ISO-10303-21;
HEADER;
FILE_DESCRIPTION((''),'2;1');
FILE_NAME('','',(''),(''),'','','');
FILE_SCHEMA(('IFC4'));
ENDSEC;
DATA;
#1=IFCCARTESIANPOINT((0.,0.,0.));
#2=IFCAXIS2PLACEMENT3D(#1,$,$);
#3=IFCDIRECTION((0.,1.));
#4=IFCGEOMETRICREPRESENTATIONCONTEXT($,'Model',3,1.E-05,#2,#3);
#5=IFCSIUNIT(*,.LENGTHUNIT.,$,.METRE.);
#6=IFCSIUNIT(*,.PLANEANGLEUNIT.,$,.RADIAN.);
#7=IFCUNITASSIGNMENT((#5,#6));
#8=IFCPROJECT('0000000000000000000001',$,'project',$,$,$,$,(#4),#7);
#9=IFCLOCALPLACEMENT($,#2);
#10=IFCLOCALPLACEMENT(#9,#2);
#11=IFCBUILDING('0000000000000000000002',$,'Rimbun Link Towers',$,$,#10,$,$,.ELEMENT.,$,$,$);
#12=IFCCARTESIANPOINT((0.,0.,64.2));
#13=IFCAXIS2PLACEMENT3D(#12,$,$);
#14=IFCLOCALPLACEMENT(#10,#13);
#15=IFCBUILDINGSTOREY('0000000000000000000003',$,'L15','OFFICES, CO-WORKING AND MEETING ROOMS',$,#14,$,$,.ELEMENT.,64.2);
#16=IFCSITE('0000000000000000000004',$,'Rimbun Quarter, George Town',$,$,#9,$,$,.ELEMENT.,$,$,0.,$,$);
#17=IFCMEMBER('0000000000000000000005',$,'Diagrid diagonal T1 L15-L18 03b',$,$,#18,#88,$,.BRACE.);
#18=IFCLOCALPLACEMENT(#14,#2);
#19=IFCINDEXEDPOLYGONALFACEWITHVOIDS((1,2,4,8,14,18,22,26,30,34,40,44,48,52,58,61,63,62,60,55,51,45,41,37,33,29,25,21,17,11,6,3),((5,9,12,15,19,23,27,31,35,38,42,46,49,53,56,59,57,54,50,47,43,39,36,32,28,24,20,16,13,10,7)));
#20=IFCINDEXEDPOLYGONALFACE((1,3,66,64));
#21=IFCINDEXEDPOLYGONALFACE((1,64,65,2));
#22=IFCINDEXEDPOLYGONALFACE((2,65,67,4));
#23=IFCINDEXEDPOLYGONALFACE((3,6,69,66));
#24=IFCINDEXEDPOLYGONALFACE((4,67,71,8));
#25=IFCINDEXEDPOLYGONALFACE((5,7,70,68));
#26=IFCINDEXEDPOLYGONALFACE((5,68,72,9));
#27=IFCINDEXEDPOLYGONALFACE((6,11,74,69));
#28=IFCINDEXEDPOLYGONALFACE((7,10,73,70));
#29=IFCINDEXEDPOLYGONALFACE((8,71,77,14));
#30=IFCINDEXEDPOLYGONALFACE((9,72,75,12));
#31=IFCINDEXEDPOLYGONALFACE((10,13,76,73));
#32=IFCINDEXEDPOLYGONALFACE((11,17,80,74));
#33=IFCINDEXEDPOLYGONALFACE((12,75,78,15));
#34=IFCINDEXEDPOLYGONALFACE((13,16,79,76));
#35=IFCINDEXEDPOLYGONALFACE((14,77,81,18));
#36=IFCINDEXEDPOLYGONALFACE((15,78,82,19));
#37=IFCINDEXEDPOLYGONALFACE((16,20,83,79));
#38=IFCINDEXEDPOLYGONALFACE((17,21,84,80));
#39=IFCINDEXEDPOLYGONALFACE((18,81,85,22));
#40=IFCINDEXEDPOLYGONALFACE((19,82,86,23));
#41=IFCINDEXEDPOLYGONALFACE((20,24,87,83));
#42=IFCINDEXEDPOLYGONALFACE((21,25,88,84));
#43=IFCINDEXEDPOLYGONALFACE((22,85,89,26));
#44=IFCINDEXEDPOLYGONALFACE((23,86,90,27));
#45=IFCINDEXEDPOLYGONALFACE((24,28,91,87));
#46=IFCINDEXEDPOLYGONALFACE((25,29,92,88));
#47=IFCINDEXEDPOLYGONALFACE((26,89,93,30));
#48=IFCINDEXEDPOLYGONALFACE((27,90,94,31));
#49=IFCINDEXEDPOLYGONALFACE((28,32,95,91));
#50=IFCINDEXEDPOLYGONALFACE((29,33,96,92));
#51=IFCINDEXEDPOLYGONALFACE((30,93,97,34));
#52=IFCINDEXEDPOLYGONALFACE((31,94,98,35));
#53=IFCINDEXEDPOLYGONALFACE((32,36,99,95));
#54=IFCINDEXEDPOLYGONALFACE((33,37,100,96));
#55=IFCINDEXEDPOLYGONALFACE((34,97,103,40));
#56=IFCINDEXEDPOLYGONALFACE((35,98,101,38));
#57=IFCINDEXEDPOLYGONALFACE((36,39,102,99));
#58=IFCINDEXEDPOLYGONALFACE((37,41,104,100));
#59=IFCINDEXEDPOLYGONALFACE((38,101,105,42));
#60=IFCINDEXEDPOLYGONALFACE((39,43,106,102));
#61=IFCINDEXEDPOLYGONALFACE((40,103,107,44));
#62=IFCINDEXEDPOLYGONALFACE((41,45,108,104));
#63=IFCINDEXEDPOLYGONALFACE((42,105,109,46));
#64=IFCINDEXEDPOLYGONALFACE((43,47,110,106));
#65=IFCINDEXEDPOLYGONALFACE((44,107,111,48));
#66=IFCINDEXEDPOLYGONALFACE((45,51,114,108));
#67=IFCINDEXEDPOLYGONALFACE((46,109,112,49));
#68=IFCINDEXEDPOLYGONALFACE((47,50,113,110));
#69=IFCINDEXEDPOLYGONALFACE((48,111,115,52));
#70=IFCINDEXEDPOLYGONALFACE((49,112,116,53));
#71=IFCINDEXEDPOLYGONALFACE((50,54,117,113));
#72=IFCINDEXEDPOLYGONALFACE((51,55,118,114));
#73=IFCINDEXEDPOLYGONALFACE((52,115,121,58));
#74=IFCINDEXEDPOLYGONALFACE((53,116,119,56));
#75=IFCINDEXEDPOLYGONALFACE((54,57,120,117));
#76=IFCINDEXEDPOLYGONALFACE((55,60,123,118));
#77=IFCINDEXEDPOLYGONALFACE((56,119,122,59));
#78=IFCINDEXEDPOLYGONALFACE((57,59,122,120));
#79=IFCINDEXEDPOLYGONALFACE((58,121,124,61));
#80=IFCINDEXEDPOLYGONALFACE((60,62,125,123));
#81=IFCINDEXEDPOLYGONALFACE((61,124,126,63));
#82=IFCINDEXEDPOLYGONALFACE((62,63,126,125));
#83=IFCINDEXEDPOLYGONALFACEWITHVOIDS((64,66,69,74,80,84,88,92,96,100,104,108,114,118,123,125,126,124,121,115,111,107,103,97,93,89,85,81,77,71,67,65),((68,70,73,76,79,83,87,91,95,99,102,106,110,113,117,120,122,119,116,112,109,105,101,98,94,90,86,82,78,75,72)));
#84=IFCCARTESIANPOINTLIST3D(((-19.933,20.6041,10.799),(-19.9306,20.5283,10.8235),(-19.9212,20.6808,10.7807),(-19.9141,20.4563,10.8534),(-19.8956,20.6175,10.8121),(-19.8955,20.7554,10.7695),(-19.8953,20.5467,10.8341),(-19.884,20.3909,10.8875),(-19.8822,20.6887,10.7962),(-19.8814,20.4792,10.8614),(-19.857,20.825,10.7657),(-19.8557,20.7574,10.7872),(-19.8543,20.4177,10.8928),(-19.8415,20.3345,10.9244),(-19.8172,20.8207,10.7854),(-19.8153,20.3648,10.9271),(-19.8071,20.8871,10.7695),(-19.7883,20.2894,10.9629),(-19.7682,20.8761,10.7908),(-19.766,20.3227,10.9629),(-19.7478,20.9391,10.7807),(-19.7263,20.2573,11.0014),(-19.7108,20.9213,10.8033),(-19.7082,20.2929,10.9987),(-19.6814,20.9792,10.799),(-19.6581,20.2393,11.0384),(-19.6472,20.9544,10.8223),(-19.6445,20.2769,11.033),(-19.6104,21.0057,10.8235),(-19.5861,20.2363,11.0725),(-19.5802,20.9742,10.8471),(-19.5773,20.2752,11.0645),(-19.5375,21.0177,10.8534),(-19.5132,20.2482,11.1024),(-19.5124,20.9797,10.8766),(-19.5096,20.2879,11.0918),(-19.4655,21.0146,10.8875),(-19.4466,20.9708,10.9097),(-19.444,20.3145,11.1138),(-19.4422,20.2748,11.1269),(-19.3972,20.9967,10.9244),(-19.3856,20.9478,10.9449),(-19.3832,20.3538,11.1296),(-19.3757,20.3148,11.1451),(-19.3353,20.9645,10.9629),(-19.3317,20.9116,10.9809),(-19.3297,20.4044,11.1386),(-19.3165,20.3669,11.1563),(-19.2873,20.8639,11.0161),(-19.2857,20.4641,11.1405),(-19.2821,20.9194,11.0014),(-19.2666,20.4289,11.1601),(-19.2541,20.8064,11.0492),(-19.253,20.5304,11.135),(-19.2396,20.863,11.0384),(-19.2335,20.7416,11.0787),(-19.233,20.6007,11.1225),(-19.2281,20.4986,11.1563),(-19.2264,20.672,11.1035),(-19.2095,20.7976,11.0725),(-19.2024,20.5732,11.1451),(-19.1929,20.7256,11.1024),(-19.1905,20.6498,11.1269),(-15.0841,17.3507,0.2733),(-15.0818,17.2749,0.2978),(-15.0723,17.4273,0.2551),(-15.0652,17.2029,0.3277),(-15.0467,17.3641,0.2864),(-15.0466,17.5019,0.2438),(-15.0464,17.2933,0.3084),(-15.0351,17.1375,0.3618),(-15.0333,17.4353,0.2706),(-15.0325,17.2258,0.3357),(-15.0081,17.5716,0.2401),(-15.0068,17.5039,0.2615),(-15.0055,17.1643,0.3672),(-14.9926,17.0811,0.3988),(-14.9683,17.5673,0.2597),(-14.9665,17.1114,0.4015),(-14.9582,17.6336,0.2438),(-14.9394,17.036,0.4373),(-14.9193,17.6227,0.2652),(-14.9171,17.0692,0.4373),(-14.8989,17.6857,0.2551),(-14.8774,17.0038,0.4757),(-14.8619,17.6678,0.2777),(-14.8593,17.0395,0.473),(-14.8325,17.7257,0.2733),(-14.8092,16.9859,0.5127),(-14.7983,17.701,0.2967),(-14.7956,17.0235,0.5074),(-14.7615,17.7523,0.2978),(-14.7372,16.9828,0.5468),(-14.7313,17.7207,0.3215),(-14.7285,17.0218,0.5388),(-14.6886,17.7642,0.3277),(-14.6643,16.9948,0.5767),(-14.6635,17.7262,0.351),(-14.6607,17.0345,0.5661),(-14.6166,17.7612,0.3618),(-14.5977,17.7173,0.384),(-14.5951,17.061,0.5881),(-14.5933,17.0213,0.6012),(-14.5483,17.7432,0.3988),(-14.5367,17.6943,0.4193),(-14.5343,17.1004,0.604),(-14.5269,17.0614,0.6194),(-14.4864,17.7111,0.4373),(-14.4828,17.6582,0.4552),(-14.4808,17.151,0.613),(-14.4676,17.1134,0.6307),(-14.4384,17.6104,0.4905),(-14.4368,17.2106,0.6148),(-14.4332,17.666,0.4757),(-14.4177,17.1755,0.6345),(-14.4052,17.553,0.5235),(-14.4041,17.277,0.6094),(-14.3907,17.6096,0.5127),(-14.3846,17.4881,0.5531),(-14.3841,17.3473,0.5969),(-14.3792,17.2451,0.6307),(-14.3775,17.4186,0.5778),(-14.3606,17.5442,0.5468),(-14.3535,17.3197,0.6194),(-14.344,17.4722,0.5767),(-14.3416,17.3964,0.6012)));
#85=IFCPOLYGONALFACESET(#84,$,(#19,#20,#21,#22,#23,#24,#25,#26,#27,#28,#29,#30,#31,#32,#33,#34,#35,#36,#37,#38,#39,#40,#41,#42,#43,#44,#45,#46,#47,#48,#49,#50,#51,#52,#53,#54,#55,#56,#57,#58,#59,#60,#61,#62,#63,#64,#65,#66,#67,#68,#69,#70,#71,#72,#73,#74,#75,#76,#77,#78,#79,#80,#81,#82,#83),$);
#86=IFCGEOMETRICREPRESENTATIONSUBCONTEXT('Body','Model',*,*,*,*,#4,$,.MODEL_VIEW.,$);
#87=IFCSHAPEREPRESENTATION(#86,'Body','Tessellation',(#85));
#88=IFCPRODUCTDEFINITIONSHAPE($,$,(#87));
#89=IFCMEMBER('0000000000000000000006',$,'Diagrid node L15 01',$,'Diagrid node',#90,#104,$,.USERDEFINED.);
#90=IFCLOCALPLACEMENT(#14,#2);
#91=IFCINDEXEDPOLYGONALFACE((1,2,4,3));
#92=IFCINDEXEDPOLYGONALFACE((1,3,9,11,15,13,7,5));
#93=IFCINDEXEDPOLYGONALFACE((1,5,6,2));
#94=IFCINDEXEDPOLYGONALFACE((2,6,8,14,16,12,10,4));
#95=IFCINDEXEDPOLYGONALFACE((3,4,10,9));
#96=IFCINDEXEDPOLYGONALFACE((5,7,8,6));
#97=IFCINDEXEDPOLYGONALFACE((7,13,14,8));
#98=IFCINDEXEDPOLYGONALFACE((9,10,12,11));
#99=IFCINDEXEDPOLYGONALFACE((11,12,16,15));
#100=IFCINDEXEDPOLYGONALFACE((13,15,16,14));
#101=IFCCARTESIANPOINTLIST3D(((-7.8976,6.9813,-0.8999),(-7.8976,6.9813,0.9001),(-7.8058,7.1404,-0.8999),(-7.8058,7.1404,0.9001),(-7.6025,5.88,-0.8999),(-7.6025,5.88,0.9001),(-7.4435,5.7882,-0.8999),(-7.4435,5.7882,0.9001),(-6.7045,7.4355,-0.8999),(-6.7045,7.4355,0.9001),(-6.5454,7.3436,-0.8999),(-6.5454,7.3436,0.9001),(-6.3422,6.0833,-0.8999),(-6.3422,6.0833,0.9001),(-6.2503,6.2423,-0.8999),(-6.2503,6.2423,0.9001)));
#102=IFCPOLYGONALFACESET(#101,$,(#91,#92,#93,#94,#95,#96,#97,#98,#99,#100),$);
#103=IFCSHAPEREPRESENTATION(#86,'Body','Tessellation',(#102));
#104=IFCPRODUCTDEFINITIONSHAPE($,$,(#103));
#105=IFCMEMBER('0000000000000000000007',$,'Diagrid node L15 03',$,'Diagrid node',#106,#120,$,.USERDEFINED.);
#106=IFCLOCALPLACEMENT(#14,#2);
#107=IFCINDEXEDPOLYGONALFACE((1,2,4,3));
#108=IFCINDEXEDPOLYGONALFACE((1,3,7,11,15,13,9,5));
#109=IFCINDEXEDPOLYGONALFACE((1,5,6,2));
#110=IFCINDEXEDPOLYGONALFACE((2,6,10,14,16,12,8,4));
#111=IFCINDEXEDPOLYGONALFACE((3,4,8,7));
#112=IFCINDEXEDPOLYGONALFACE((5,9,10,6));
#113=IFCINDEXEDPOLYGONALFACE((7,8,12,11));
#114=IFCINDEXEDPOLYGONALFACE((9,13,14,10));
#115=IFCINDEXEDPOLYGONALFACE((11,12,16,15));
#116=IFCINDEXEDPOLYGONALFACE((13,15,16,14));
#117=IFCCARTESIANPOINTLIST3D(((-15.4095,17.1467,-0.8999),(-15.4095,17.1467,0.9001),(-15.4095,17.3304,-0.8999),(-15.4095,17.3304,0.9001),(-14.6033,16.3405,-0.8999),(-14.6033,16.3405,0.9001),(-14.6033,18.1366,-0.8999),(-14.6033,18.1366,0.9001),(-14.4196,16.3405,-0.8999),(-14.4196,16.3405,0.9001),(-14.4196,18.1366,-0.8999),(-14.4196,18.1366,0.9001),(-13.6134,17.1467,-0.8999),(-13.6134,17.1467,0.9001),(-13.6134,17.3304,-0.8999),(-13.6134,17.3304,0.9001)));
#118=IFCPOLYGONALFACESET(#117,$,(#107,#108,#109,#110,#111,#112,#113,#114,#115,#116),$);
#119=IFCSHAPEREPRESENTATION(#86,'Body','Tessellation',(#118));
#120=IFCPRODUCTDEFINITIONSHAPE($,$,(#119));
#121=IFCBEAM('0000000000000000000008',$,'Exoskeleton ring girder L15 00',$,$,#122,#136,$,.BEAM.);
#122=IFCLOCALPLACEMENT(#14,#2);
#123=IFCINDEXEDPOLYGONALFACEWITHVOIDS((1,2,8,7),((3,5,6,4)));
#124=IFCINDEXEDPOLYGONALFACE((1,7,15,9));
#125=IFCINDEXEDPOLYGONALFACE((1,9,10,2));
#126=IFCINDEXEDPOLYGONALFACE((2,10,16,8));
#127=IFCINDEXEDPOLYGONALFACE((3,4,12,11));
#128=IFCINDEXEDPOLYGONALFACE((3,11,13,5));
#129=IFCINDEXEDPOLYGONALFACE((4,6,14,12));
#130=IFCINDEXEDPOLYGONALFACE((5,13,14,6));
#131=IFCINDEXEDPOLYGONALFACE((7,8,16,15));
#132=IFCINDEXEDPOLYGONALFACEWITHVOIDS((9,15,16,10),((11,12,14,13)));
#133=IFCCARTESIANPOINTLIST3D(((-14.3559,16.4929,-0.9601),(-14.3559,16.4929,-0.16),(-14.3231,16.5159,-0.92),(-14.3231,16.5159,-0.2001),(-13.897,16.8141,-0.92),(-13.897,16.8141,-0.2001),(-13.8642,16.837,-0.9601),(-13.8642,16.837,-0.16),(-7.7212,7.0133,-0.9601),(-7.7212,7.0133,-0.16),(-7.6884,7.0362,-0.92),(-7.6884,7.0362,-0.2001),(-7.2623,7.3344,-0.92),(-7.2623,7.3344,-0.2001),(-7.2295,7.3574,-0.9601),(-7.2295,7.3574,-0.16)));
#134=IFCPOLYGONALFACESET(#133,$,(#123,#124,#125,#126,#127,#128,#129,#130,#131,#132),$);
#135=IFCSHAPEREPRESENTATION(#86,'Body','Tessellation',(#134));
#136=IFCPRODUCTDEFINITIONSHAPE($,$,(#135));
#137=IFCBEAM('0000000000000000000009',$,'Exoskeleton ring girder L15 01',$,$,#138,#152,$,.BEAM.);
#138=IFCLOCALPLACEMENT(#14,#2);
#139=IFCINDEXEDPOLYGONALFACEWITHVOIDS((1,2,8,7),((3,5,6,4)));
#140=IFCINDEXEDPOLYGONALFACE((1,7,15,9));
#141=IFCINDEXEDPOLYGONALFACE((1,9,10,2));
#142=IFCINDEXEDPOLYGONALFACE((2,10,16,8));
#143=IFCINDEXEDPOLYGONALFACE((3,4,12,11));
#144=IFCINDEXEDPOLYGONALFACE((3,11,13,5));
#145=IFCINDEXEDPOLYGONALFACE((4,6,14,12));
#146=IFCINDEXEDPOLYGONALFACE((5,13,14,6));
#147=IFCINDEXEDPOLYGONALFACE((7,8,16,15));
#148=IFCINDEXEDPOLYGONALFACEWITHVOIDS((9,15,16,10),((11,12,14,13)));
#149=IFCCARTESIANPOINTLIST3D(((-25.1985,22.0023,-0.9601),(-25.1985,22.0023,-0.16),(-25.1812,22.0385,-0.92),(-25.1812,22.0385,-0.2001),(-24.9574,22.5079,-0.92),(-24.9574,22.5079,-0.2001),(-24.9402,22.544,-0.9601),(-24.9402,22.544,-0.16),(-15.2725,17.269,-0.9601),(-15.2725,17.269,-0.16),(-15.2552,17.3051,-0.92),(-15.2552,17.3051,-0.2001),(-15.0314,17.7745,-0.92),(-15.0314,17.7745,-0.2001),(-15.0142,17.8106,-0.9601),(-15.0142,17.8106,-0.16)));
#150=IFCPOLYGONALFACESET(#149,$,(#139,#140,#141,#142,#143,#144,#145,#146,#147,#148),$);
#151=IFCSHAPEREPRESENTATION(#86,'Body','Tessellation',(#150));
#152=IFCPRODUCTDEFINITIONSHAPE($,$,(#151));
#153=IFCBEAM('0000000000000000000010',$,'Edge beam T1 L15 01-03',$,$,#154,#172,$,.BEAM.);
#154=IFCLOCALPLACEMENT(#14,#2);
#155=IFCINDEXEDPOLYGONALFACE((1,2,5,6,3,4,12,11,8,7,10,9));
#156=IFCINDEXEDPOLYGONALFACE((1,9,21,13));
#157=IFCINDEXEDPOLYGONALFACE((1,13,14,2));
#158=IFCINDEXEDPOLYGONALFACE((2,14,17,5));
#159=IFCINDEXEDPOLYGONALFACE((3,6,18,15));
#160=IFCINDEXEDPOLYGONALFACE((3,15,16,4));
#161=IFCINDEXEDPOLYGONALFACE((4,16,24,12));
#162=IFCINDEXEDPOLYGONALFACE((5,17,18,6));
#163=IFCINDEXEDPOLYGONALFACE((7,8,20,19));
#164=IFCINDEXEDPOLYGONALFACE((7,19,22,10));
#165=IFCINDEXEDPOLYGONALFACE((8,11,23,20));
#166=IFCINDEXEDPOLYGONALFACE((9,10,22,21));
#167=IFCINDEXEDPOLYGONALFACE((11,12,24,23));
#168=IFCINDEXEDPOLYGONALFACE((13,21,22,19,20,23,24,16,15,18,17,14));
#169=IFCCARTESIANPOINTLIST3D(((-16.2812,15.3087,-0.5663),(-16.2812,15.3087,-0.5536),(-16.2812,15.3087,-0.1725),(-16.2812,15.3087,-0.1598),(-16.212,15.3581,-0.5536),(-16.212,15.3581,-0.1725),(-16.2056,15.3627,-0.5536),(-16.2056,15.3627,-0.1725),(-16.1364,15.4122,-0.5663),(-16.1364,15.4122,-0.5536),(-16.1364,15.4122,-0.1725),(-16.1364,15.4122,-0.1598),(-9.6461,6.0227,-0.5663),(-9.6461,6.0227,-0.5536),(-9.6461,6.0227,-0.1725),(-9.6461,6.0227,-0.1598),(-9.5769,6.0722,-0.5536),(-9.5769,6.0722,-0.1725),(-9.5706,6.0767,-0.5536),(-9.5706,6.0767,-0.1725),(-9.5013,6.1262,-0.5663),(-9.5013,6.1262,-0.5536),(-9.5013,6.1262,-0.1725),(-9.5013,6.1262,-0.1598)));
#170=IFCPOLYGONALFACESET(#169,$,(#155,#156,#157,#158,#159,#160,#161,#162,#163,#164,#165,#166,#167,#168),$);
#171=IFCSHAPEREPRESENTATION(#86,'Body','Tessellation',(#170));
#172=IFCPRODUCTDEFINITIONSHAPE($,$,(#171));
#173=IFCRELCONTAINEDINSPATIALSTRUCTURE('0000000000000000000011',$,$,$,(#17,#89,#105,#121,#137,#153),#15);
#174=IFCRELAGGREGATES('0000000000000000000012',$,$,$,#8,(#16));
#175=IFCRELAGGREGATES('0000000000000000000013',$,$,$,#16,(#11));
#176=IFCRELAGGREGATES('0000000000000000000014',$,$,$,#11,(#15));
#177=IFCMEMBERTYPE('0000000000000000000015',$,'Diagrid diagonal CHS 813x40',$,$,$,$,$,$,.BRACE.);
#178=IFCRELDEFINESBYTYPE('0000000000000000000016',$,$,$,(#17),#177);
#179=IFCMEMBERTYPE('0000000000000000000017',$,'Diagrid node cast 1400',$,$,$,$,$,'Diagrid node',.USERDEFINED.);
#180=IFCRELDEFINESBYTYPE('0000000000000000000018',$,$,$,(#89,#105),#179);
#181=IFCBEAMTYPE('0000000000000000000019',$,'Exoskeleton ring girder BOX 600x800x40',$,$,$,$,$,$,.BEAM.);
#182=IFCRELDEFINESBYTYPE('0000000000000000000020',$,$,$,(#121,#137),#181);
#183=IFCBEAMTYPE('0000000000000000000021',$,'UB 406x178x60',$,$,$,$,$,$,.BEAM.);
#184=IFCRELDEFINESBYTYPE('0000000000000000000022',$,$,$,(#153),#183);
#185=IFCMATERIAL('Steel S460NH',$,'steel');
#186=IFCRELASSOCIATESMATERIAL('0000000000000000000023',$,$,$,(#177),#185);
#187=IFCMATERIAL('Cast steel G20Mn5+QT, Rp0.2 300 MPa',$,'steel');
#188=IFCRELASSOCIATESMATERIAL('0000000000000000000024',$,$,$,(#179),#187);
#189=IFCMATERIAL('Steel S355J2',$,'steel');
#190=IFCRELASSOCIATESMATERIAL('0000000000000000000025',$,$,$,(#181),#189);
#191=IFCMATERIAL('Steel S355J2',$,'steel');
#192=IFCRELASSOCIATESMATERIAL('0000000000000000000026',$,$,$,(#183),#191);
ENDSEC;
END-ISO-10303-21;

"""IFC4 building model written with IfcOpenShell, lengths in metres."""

from ifc_helpers import new_model, si_unit, direction, frame, origin, origin_2d, place, context, subcontext, project, spatial, polyline, hollow_rectangle, hollow_circle, i_section, outline, extrude, material, material_profile, profile_set, type_object, element, save


model = new_model("IFC4")

# Units and contexts
model_context = context("Model", 3, precision=1e-05, world=origin(), true_north=direction((0.0, 1.0)))
body_context = subcontext(model_context, "Body", "Model", "MODEL_VIEW")
ifc_project = project(units=[si_unit("LENGTHUNIT", "METRE"), si_unit("PLANEANGLEUNIT", "RADIAN")], contexts=[model_context])

# Site, building, storey
site_placement = place(None, origin())
site = spatial("IfcSite", under=ifc_project, at=site_placement, Name="Rimbun Quarter, George Town", CompositionType="ELEMENT", RefElevation=0.0)
building_placement = place(site_placement, origin())
building = spatial("IfcBuilding", under=site, at=building_placement, Name="Rimbun Link Towers", CompositionType="ELEMENT")
storey_placement = place(building_placement, frame((0.0, 0.0, 64.2)))
storey = spatial("IfcBuildingStorey", under=building, at=storey_placement, Name="L15", Description="OFFICES, CO-WORKING AND MEETING ROOMS", CompositionType="ELEMENT", Elevation=64.2)

# Members
ifc_material_1 = material(Name="Steel S460NH", Category="steel")
ifc_material_profile_1 = material_profile(ifc_material_1, hollow_circle(Radius=0.4065, WallThickness=0.04, at=origin_2d()), Name="Diagrid diagonal CHS 813x40")
ifc_profile_set_1 = profile_set([ifc_material_profile_1], Name="Steel S460NH")
member_type_1 = type_object("IfcMemberType", Name="Diagrid diagonal CHS 813x40", PredefinedType="BRACE", material=ifc_profile_set_1)
member_1_placement = place(storey_placement, frame((-14.7129, 17.3735, 0.4373), z_axis=(-0.402837, 0.270289, 0.874452), x_axis=(-0.557168, -0.8304, 0.0)))
element("IfcMember", 1, at=member_1_placement, inside=storey, type_object=member_type_1, Name="Diagrid diagonal T1 L15-L18 03b", PredefinedType="BRACE", context=body_context, shape_type="SweptSolid", body=[
    extrude(hollow_circle(Radius=0.4065, WallThickness=0.04, at=origin_2d()), origin(), (0.0, 0.0, 1.0), 12.0369),
])
ifc_material_2 = material(Name="Cast steel G20Mn5+QT, Rp0.2 300 MPa", Category="steel")
ifc_material_profile_2 = material_profile(ifc_material_2, outline(polyline([(0.7, -0.5701), (0.7, 0.5701), (0.5701, 0.7), (-0.5701, 0.7), (-0.7, 0.5701), (-0.7, -0.5701), (-0.5701, -0.7), (0.5701, -0.7), (0.7, -0.5701)])), Name="NODE 1400x1400")
ifc_profile_set_2 = profile_set([ifc_material_profile_2], Name="Cast steel G20Mn5+QT, Rp0.2 300 MPa")
member_type_2 = type_object("IfcMemberType", Name="Diagrid node cast 1400", ElementType="Diagrid node", PredefinedType="USERDEFINED", material=ifc_profile_set_2)
for number, where, z_axis, x_axis, name in (
    (2, (-7.074, 6.6118, -0.8999), (0.0, 0.0, 1.0), (0.965926, 0.258819, 0.0), "Diagrid node L15 01"),
    (3, (-14.5115, 17.2385, -0.8999), (0.0, 0.0, 1.0), (0.707107, 0.707107, 0.0), "Diagrid node L15 03"),
):
    element("IfcMember", number, at=place(storey_placement, frame(where, z_axis=z_axis, x_axis=x_axis)), inside=storey, type_object=member_type_2, Name=name, ObjectType="Diagrid node", PredefinedType="USERDEFINED", context=body_context, shape_type="SweptSolid", body=[
        extrude(outline(polyline([(0.7, -0.5701), (0.7, 0.5701), (0.5701, 0.7), (-0.5701, 0.7), (-0.7, 0.5701), (-0.7, -0.5701), (-0.5701, -0.7), (0.5701, -0.7), (0.7, -0.5701)])), origin(), (0.0, 0.0, 1.0), 1.8),
    ])

# Beams
ifc_material_3 = material(Name="Steel S355J2", Category="steel")
ifc_material_profile_3 = material_profile(ifc_material_3, hollow_rectangle(XDim=0.6001, YDim=0.8, WallThickness=0.04, at=origin_2d()), Name="Exoskeleton ring girder BOX 600x800x40")
ifc_profile_set_3 = profile_set([ifc_material_profile_3], Name="Steel S355J2")
beam_type_1 = type_object("IfcBeamType", Name="Exoskeleton ring girder BOX 600x800x40", PredefinedType="BEAM", material=ifc_profile_set_3)
beam_1_placement = place(storey_placement, frame((-7.4753, 7.1853, -0.5601), z_axis=(-0.573401, 0.819275, 0.0), x_axis=(-0.819275, -0.573401, 0.0)))
element("IfcBeam", 4, at=beam_1_placement, inside=storey, type_object=beam_type_1, Name="Exoskeleton ring girder L15 00", PredefinedType="BEAM", context=body_context, shape_type="SweptSolid", body=[
    extrude(hollow_rectangle(XDim=0.6001, YDim=0.8, WallThickness=0.04, at=origin_2d()), origin(), (0.0, 0.0, 1.0), 11.5708),
])
beam_2_placement = place(storey_placement, frame((-15.1433, 17.5398, -0.5601), z_axis=(-0.902623, 0.430432, 0.0), x_axis=(-0.430432, -0.902623, 0.0)))
element("IfcBeam", 5, at=beam_2_placement, inside=storey, type_object=beam_type_1, Name="Exoskeleton ring girder L15 01", PredefinedType="BEAM", context=body_context, shape_type="SweptSolid", body=[
    extrude(hollow_rectangle(XDim=0.6001, YDim=0.8, WallThickness=0.04, at=origin_2d()), origin(), (0.0, 0.0, 1.0), 10.9968),
])
ifc_material_4 = material(Name="Steel S355J2", Category="steel")
ifc_material_profile_4 = material_profile(ifc_material_4, i_section(OverallWidth=0.178, OverallDepth=0.4065, WebThickness=0.0078, FlangeThickness=0.0127, at=origin_2d()), Name="UB 406x178x60")
ifc_profile_set_4 = profile_set([ifc_material_profile_4], Name="Steel S355J2")
beam_type_2 = type_object("IfcBeamType", Name="UB 406x178x60", PredefinedType="BEAM", material=ifc_profile_set_4)
beam_3_placement = place(storey_placement, frame((-9.5737, 6.0745, -0.363), z_axis=(-0.581368, 0.813641, 0.0), x_axis=(-0.813641, -0.581368, 0.0)))
element("IfcBeam", 6, at=beam_3_placement, inside=storey, type_object=beam_type_2, Name="Edge beam T1 L15 01-03", PredefinedType="BEAM", context=body_context, shape_type="SweptSolid", body=[
    extrude(i_section(OverallWidth=0.178, OverallDepth=0.4065, WebThickness=0.0078, FlangeThickness=0.0127, at=origin_2d()), origin(), (0.0, 0.0, 1.0), 11.4128),
])

save(model, "model.ifc")
